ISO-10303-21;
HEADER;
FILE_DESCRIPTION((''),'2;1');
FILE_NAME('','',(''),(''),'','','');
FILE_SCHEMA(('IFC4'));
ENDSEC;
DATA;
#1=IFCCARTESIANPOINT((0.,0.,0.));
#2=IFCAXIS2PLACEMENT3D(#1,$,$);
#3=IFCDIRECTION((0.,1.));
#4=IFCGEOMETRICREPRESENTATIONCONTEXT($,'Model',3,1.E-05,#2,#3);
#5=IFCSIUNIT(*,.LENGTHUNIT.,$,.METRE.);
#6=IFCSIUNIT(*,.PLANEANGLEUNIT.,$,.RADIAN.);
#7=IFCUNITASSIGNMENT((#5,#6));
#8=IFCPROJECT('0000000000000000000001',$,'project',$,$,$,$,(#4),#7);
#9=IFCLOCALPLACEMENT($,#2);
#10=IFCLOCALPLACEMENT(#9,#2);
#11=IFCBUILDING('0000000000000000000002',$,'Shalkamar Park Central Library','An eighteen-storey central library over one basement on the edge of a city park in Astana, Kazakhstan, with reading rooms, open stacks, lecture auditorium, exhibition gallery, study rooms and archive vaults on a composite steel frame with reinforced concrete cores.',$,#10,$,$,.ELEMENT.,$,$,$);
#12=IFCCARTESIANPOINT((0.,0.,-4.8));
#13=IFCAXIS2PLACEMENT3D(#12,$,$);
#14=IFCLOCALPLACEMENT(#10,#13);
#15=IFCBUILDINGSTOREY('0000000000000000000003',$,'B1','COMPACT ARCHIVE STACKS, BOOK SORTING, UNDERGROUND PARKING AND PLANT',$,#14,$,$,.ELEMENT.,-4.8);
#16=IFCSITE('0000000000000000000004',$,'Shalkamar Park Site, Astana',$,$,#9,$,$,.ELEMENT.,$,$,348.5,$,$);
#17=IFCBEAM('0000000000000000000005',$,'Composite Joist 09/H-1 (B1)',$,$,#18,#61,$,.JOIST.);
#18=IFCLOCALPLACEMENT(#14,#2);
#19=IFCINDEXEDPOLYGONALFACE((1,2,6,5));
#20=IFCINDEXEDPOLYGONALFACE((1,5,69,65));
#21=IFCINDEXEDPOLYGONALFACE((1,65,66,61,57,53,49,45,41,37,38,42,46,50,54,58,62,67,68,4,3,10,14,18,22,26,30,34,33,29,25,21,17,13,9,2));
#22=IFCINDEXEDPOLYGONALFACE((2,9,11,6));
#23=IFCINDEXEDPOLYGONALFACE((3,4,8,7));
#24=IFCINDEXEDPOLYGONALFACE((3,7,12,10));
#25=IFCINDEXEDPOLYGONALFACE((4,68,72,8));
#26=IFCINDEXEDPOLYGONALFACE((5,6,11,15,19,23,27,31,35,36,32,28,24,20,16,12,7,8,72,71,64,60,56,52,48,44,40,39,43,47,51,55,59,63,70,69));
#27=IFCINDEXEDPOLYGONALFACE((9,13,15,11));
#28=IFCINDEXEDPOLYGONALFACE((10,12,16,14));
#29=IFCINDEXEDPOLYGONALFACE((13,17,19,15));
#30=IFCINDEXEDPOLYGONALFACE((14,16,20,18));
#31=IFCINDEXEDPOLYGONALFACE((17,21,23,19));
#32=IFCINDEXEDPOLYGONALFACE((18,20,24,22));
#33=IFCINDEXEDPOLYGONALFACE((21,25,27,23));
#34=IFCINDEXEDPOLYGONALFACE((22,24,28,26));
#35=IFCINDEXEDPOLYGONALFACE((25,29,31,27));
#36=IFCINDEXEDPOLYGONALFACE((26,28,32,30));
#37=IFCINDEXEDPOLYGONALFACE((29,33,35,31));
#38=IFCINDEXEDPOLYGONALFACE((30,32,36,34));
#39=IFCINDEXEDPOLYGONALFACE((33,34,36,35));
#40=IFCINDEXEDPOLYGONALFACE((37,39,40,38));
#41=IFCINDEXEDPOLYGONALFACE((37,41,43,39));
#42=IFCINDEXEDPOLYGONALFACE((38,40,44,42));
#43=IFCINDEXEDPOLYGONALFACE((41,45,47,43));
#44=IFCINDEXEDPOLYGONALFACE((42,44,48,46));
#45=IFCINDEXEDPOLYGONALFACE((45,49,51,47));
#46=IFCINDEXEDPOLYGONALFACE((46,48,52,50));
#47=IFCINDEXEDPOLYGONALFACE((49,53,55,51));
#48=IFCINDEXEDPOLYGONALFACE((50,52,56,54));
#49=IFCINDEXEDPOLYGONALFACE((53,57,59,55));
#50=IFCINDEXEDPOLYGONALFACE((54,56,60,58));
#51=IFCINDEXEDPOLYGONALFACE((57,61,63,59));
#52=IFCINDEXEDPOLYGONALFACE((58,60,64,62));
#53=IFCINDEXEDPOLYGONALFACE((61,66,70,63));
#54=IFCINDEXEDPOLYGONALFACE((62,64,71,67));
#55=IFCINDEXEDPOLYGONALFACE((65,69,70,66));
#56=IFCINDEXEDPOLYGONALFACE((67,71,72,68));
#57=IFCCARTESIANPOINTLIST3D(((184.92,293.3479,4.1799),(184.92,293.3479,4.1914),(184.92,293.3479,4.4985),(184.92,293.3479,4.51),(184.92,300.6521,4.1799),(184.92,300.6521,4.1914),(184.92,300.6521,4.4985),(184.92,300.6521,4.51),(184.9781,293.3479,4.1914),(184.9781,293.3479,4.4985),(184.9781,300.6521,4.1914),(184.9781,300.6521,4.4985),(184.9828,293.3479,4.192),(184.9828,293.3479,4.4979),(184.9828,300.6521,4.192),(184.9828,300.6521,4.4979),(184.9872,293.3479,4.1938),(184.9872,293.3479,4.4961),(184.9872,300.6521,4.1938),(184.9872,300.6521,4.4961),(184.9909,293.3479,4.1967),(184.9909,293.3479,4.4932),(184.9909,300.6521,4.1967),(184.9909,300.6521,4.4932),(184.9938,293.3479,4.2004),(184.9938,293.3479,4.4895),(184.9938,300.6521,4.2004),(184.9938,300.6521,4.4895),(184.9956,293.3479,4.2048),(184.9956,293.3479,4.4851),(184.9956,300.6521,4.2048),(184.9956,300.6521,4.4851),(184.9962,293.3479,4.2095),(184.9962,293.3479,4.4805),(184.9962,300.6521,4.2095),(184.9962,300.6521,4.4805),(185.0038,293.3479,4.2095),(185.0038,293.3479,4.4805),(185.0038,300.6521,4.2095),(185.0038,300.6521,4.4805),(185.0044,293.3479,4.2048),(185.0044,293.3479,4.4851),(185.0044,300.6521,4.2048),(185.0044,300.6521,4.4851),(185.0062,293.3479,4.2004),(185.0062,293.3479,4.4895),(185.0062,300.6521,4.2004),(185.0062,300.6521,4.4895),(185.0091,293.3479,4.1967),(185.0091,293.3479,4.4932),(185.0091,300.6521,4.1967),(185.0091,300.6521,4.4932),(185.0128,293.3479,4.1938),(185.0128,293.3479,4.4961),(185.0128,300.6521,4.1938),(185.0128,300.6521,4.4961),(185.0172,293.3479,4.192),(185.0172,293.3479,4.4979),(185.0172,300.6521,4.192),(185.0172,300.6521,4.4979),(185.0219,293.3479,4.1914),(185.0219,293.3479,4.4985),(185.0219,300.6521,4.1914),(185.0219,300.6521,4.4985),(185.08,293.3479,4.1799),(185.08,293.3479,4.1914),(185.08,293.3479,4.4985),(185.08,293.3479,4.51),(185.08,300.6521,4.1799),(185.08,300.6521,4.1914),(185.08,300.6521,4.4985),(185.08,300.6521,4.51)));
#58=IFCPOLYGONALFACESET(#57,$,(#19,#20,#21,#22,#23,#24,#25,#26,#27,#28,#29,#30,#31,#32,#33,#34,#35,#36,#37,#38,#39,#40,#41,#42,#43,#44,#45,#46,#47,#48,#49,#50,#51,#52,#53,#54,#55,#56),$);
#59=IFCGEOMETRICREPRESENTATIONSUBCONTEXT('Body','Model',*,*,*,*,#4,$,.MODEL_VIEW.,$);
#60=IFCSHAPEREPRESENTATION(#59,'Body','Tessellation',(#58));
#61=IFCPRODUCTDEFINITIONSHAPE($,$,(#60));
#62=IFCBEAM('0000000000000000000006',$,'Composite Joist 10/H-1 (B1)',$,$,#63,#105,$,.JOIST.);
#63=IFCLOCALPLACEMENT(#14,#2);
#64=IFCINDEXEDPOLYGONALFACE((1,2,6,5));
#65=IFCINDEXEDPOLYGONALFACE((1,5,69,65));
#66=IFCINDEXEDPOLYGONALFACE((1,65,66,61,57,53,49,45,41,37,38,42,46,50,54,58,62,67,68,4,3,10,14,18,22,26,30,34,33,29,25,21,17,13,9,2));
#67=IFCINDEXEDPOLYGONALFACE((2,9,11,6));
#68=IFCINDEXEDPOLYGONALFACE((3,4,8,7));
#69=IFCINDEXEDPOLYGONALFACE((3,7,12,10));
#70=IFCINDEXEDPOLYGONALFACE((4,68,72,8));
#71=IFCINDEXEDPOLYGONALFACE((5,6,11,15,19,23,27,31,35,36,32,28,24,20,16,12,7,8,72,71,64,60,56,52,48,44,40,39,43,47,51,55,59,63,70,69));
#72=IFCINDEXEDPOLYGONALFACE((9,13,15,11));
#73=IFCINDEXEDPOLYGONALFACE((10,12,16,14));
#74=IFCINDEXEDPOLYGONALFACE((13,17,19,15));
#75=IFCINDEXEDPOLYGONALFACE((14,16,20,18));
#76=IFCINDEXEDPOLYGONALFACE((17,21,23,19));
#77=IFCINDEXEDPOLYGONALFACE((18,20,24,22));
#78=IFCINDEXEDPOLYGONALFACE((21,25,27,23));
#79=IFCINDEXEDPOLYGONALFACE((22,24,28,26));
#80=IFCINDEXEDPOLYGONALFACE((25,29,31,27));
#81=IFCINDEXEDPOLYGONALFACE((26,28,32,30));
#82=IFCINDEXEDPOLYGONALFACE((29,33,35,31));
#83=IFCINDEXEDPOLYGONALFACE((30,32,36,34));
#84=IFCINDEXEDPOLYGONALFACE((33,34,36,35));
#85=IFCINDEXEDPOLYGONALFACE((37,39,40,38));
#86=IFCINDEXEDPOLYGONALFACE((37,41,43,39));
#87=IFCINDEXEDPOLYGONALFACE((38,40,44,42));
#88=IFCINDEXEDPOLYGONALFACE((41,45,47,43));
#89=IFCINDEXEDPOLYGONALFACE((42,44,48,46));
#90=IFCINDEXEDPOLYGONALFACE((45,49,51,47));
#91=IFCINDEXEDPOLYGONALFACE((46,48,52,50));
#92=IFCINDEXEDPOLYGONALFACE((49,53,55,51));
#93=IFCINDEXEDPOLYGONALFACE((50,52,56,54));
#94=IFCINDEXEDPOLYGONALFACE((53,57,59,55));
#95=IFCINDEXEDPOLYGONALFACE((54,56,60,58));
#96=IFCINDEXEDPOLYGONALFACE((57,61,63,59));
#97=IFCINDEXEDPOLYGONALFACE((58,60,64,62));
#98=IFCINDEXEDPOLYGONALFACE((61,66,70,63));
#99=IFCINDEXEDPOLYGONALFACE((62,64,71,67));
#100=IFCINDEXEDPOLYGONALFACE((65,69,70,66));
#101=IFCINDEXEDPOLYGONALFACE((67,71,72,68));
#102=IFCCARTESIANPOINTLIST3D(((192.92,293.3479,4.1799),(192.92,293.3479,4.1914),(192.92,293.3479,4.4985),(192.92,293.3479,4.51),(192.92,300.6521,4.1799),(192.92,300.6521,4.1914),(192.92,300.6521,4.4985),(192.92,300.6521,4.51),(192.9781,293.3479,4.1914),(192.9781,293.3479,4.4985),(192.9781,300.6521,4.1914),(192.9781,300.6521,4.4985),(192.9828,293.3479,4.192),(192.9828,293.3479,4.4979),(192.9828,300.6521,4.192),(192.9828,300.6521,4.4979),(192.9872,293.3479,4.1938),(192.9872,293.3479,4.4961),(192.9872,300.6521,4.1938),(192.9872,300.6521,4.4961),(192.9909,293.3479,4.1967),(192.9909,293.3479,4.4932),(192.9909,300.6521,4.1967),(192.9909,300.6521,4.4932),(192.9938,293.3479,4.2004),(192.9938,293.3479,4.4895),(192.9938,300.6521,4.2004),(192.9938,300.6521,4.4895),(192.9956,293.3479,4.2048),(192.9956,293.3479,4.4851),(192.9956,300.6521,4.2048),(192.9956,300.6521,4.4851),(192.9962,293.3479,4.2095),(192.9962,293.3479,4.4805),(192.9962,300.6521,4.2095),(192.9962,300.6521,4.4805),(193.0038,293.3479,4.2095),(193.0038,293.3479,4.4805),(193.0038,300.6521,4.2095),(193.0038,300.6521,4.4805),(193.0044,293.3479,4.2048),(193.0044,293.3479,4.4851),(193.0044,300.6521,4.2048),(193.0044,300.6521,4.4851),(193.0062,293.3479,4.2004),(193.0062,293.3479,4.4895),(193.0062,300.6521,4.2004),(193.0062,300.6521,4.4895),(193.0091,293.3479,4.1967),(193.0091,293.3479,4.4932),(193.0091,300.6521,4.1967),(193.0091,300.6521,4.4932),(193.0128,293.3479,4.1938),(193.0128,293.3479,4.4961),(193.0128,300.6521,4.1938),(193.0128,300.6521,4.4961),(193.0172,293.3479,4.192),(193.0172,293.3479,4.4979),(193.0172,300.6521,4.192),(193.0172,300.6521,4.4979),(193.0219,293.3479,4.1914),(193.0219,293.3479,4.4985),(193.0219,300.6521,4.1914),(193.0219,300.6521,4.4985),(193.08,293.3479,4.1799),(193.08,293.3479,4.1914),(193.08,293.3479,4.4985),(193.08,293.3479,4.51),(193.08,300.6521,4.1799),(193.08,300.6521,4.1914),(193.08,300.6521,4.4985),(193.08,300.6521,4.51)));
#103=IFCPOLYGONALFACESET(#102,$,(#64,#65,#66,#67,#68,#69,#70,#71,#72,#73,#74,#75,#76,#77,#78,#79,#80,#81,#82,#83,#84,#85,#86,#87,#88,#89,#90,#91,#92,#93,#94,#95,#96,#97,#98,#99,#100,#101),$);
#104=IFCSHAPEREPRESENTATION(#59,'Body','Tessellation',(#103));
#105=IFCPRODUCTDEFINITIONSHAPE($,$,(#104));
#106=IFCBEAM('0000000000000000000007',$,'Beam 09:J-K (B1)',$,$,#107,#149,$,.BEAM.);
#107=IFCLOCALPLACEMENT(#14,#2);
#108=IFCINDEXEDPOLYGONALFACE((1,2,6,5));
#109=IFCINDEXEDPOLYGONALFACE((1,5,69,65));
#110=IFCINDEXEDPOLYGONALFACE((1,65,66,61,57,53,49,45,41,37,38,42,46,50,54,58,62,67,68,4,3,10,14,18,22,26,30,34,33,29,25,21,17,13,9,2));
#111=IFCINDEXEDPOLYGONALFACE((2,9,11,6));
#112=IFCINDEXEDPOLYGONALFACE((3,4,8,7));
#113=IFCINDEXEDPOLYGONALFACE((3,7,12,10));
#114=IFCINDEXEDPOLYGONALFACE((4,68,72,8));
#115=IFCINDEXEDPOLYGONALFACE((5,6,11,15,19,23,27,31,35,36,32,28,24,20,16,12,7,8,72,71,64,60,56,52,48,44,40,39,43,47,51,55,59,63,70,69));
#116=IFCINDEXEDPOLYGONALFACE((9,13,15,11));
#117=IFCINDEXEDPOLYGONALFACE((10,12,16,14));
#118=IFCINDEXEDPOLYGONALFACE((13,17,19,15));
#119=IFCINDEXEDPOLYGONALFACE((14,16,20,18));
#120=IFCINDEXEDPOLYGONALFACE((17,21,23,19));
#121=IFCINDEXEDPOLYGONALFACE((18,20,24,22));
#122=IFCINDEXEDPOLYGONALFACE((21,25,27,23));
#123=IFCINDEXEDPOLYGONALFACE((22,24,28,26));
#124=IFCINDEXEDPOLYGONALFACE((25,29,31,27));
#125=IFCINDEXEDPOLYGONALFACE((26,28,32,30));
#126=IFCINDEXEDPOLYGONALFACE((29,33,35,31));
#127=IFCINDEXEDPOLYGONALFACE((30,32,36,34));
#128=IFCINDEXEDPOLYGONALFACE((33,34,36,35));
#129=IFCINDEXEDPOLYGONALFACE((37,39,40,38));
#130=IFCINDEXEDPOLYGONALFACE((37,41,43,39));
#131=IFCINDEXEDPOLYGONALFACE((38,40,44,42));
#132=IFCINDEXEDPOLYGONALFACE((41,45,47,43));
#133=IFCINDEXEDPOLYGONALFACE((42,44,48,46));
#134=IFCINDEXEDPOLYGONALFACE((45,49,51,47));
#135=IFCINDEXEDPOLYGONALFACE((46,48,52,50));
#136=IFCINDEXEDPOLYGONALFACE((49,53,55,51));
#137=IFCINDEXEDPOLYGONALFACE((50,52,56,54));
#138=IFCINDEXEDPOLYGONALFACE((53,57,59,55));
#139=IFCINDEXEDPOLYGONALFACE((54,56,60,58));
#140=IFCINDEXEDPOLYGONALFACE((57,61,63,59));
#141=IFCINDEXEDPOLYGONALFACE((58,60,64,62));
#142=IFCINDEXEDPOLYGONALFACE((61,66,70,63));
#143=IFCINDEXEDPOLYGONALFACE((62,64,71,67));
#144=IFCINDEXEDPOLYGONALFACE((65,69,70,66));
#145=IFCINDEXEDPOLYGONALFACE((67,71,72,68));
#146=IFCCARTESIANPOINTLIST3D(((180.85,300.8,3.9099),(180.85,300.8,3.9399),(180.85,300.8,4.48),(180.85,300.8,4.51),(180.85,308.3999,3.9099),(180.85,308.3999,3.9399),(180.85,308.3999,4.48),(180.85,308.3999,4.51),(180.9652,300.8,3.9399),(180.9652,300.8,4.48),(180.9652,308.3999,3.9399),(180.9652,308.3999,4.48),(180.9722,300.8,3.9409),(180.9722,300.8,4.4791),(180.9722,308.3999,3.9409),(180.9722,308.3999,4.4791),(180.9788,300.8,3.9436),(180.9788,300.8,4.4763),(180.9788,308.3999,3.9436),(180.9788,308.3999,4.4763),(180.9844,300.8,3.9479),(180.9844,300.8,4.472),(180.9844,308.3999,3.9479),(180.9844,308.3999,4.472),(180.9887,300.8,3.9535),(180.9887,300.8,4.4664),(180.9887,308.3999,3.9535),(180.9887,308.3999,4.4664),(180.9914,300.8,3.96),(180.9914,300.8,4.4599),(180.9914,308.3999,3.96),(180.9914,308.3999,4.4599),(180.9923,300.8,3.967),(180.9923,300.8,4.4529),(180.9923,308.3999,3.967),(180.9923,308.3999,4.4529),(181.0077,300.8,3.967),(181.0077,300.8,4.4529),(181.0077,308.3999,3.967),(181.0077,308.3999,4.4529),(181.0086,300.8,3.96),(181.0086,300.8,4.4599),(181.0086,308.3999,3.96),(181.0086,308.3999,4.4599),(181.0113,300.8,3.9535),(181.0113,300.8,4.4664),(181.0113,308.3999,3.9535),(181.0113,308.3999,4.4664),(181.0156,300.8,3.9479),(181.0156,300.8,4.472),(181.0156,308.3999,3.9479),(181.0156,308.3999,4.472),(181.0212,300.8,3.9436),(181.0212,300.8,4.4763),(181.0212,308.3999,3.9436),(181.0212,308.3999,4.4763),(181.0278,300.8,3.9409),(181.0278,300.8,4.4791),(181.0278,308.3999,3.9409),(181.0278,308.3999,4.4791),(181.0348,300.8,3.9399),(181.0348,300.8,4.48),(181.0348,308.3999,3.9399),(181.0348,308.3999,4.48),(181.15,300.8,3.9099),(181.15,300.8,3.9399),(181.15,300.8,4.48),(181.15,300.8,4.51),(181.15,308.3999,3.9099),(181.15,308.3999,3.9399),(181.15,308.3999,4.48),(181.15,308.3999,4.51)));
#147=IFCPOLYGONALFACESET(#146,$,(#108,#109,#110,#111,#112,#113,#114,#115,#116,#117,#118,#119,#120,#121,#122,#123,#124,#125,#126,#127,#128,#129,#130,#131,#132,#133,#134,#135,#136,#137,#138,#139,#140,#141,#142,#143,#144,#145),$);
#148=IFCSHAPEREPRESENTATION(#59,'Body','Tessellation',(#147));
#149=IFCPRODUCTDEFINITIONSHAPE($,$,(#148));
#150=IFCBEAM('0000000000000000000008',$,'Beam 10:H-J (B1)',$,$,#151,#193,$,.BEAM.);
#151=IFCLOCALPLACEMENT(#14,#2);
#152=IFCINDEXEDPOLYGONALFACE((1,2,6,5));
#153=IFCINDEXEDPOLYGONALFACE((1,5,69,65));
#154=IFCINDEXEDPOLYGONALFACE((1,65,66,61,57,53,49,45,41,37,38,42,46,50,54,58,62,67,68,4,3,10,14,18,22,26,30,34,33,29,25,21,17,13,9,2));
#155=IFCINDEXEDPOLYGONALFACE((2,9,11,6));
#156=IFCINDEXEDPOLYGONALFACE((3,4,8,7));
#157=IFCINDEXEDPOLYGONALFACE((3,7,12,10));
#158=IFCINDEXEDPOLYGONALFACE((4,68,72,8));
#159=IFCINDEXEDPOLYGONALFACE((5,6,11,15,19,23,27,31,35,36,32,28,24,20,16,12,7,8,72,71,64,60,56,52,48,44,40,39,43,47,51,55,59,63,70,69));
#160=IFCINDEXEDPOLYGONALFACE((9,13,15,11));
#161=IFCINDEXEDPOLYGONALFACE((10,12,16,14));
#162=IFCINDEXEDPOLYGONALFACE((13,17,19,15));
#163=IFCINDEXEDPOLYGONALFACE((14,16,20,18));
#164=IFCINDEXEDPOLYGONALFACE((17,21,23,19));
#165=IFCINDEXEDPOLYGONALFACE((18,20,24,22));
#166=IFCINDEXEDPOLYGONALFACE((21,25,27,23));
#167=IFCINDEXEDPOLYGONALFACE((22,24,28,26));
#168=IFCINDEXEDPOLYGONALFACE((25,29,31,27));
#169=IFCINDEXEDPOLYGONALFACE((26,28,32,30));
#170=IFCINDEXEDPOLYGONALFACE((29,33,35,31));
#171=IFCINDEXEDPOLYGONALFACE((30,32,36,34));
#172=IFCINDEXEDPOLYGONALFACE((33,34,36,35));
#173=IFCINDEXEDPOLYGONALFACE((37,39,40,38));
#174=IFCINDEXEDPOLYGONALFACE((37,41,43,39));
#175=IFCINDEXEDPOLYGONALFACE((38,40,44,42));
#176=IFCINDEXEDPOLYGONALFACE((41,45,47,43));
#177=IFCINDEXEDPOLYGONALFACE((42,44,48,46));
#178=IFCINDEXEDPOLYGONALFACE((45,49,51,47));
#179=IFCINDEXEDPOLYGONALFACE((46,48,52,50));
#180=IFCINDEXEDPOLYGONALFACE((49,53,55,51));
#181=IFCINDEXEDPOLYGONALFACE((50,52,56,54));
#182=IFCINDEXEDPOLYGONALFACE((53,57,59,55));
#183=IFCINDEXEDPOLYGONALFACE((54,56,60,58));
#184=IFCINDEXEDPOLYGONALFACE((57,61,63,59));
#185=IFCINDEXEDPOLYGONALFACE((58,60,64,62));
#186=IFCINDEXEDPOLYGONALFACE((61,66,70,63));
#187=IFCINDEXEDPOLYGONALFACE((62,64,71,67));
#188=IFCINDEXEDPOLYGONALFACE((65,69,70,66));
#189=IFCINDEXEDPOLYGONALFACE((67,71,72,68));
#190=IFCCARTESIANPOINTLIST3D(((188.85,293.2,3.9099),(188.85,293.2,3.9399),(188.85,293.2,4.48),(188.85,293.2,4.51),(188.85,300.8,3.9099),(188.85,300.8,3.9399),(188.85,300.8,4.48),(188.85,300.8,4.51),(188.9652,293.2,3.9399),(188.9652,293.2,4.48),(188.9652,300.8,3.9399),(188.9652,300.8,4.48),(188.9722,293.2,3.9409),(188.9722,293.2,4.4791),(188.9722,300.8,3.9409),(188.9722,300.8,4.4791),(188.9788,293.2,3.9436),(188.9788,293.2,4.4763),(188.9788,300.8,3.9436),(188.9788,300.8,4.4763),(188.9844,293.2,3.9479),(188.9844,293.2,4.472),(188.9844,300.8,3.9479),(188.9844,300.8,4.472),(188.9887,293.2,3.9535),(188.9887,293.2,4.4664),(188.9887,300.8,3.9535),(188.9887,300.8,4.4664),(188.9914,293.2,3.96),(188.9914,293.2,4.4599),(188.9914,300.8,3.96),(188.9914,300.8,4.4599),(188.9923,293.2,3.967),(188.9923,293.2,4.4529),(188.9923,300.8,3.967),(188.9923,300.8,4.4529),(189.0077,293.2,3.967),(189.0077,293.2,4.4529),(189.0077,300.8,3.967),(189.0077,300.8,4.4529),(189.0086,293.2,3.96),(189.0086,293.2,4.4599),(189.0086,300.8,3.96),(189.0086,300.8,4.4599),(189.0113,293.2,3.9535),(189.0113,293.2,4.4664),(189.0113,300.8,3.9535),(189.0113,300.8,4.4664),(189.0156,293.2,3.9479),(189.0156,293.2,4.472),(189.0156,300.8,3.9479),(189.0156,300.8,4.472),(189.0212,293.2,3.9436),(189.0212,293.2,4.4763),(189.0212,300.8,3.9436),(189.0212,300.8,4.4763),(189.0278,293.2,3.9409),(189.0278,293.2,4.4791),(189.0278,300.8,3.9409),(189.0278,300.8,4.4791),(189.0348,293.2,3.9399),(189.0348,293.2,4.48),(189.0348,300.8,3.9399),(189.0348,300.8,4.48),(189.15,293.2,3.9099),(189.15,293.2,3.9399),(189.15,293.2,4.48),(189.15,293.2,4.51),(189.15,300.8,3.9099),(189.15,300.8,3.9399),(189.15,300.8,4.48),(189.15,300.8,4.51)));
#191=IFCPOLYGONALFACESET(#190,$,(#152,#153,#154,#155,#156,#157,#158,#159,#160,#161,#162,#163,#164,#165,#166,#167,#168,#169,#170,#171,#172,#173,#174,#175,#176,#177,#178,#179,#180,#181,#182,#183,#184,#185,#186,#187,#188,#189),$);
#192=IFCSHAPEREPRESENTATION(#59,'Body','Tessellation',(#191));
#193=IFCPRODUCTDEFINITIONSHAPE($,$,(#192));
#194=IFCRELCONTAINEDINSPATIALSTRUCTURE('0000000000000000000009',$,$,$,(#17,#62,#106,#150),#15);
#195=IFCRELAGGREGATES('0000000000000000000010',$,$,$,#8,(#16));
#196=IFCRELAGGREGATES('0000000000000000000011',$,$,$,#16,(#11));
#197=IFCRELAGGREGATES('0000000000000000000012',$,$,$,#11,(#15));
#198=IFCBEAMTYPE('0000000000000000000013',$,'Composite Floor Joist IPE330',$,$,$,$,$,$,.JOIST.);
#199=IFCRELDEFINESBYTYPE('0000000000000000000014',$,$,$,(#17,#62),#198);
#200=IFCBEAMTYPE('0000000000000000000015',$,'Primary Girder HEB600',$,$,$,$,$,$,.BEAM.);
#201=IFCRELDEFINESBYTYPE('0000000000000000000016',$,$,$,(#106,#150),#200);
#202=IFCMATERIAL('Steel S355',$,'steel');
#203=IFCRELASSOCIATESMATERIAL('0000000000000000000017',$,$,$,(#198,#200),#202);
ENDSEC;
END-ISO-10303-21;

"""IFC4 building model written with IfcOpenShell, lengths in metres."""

from ifc_helpers import new_model, si_unit, direction, frame, origin, origin_2d, place, context, subcontext, project, spatial, i_section, extrude, material, material_profile, profile_set, type_object, element, save


model = new_model("IFC4")

# Units and contexts
model_context = context("Model", 3, precision=1e-05, world=origin(), true_north=direction((0.0, 1.0)))
body_context = subcontext(model_context, "Body", "Model", "MODEL_VIEW")
ifc_project = project(units=[si_unit("LENGTHUNIT", "METRE"), si_unit("PLANEANGLEUNIT", "RADIAN")], contexts=[model_context])

# Site, building, storey
site_placement = place(None, origin())
site = spatial("IfcSite", under=ifc_project, at=site_placement, Name="Shalkamar Park Site, Astana", CompositionType="ELEMENT", RefElevation=348.5)
building_placement = place(site_placement, origin())
building = spatial("IfcBuilding", under=site, at=building_placement, Name="Shalkamar Park Central Library", Description="An eighteen-storey central library over one basement on the edge of a city park in Astana, Kazakhstan, with reading rooms, open stacks, lecture auditorium, exhibition gallery, study rooms and archive vaults on a composite steel frame with reinforced concrete cores.", CompositionType="ELEMENT")
storey_placement = place(building_placement, frame((0.0, 0.0, -4.8)))
storey = spatial("IfcBuildingStorey", under=building, at=storey_placement, Name="B1", Description="COMPACT ARCHIVE STACKS, BOOK SORTING, UNDERGROUND PARKING AND PLANT", CompositionType="ELEMENT", Elevation=-4.8)

# Shared definitions
ifc_material_1 = material(Name="Steel S355", Category="steel")

# Beams
ifc_material_profile_1 = material_profile(ifc_material_1, i_section(OverallWidth=0.1599, OverallDepth=0.3301, WebThickness=0.0076, FlangeThickness=0.0115, FilletRadius=0.0181, at=origin_2d()), Name="IPE 330")
ifc_profile_set_1 = profile_set([ifc_material_profile_1], Name="Steel S355")
beam_type_1 = type_object("IfcBeamType", Name="Composite Floor Joist IPE330", PredefinedType="JOIST", material=ifc_profile_set_1)
for number, where, z_axis, x_axis, name in (
    (1, (185.0, 293.3479, 4.345), (0.0, 1.0, 0.0), (-1.0, 0.0, 0.0), "Composite Joist 09/H-1 (B1)"),
    (2, (193.0, 293.3479, 4.345), (0.0, 1.0, 0.0), (-1.0, 0.0, 0.0), "Composite Joist 10/H-1 (B1)"),
):
    element("IfcBeam", number, at=place(storey_placement, frame(where, z_axis=z_axis, x_axis=x_axis)), inside=storey, type_object=beam_type_1, Name=name, PredefinedType="JOIST", context=body_context, shape_type="SweptSolid", body=[
        extrude(i_section(OverallWidth=0.1599, OverallDepth=0.3301, WebThickness=0.0076, FlangeThickness=0.0115, FilletRadius=0.0181, at=origin_2d()), origin(), (0.0, 0.0, 1.0), 7.3042),
    ])
ifc_material_profile_2 = material_profile(ifc_material_1, i_section(OverallWidth=0.3, OverallDepth=0.6001, WebThickness=0.0154, FlangeThickness=0.03, FilletRadius=0.0271, at=origin_2d()), Name="HEB 600")
ifc_profile_set_2 = profile_set([ifc_material_profile_2], Name="Steel S355")
beam_type_2 = type_object("IfcBeamType", Name="Primary Girder HEB600", PredefinedType="BEAM", material=ifc_profile_set_2)
beam_1_placement = place(storey_placement, frame((181.0, 300.8, 4.21), z_axis=(0.0, 1.0, 0.0), x_axis=(-1.0, 0.0, 0.0)))
element("IfcBeam", 3, at=beam_1_placement, inside=storey, type_object=beam_type_2, Name="Beam 09:J-K (B1)", PredefinedType="BEAM", context=body_context, shape_type="SweptSolid", body=[
    extrude(i_section(OverallWidth=0.3, OverallDepth=0.6001, WebThickness=0.0154, FlangeThickness=0.03, FilletRadius=0.0271, at=origin_2d()), origin(), (0.0, 0.0, 1.0), 7.5999),
])
beam_2_placement = place(storey_placement, frame((189.0, 293.2, 4.21), z_axis=(0.0, 1.0, 0.0), x_axis=(-1.0, 0.0, 0.0)))
element("IfcBeam", 4, at=beam_2_placement, inside=storey, type_object=beam_type_2, Name="Beam 10:H-J (B1)", PredefinedType="BEAM", context=body_context, shape_type="SweptSolid", body=[
    extrude(i_section(OverallWidth=0.3, OverallDepth=0.6001, WebThickness=0.0154, FlangeThickness=0.03, FilletRadius=0.0271, at=origin_2d()), origin(), (0.0, 0.0, 1.0), 7.6001),
])

save(model, "model.ifc")
